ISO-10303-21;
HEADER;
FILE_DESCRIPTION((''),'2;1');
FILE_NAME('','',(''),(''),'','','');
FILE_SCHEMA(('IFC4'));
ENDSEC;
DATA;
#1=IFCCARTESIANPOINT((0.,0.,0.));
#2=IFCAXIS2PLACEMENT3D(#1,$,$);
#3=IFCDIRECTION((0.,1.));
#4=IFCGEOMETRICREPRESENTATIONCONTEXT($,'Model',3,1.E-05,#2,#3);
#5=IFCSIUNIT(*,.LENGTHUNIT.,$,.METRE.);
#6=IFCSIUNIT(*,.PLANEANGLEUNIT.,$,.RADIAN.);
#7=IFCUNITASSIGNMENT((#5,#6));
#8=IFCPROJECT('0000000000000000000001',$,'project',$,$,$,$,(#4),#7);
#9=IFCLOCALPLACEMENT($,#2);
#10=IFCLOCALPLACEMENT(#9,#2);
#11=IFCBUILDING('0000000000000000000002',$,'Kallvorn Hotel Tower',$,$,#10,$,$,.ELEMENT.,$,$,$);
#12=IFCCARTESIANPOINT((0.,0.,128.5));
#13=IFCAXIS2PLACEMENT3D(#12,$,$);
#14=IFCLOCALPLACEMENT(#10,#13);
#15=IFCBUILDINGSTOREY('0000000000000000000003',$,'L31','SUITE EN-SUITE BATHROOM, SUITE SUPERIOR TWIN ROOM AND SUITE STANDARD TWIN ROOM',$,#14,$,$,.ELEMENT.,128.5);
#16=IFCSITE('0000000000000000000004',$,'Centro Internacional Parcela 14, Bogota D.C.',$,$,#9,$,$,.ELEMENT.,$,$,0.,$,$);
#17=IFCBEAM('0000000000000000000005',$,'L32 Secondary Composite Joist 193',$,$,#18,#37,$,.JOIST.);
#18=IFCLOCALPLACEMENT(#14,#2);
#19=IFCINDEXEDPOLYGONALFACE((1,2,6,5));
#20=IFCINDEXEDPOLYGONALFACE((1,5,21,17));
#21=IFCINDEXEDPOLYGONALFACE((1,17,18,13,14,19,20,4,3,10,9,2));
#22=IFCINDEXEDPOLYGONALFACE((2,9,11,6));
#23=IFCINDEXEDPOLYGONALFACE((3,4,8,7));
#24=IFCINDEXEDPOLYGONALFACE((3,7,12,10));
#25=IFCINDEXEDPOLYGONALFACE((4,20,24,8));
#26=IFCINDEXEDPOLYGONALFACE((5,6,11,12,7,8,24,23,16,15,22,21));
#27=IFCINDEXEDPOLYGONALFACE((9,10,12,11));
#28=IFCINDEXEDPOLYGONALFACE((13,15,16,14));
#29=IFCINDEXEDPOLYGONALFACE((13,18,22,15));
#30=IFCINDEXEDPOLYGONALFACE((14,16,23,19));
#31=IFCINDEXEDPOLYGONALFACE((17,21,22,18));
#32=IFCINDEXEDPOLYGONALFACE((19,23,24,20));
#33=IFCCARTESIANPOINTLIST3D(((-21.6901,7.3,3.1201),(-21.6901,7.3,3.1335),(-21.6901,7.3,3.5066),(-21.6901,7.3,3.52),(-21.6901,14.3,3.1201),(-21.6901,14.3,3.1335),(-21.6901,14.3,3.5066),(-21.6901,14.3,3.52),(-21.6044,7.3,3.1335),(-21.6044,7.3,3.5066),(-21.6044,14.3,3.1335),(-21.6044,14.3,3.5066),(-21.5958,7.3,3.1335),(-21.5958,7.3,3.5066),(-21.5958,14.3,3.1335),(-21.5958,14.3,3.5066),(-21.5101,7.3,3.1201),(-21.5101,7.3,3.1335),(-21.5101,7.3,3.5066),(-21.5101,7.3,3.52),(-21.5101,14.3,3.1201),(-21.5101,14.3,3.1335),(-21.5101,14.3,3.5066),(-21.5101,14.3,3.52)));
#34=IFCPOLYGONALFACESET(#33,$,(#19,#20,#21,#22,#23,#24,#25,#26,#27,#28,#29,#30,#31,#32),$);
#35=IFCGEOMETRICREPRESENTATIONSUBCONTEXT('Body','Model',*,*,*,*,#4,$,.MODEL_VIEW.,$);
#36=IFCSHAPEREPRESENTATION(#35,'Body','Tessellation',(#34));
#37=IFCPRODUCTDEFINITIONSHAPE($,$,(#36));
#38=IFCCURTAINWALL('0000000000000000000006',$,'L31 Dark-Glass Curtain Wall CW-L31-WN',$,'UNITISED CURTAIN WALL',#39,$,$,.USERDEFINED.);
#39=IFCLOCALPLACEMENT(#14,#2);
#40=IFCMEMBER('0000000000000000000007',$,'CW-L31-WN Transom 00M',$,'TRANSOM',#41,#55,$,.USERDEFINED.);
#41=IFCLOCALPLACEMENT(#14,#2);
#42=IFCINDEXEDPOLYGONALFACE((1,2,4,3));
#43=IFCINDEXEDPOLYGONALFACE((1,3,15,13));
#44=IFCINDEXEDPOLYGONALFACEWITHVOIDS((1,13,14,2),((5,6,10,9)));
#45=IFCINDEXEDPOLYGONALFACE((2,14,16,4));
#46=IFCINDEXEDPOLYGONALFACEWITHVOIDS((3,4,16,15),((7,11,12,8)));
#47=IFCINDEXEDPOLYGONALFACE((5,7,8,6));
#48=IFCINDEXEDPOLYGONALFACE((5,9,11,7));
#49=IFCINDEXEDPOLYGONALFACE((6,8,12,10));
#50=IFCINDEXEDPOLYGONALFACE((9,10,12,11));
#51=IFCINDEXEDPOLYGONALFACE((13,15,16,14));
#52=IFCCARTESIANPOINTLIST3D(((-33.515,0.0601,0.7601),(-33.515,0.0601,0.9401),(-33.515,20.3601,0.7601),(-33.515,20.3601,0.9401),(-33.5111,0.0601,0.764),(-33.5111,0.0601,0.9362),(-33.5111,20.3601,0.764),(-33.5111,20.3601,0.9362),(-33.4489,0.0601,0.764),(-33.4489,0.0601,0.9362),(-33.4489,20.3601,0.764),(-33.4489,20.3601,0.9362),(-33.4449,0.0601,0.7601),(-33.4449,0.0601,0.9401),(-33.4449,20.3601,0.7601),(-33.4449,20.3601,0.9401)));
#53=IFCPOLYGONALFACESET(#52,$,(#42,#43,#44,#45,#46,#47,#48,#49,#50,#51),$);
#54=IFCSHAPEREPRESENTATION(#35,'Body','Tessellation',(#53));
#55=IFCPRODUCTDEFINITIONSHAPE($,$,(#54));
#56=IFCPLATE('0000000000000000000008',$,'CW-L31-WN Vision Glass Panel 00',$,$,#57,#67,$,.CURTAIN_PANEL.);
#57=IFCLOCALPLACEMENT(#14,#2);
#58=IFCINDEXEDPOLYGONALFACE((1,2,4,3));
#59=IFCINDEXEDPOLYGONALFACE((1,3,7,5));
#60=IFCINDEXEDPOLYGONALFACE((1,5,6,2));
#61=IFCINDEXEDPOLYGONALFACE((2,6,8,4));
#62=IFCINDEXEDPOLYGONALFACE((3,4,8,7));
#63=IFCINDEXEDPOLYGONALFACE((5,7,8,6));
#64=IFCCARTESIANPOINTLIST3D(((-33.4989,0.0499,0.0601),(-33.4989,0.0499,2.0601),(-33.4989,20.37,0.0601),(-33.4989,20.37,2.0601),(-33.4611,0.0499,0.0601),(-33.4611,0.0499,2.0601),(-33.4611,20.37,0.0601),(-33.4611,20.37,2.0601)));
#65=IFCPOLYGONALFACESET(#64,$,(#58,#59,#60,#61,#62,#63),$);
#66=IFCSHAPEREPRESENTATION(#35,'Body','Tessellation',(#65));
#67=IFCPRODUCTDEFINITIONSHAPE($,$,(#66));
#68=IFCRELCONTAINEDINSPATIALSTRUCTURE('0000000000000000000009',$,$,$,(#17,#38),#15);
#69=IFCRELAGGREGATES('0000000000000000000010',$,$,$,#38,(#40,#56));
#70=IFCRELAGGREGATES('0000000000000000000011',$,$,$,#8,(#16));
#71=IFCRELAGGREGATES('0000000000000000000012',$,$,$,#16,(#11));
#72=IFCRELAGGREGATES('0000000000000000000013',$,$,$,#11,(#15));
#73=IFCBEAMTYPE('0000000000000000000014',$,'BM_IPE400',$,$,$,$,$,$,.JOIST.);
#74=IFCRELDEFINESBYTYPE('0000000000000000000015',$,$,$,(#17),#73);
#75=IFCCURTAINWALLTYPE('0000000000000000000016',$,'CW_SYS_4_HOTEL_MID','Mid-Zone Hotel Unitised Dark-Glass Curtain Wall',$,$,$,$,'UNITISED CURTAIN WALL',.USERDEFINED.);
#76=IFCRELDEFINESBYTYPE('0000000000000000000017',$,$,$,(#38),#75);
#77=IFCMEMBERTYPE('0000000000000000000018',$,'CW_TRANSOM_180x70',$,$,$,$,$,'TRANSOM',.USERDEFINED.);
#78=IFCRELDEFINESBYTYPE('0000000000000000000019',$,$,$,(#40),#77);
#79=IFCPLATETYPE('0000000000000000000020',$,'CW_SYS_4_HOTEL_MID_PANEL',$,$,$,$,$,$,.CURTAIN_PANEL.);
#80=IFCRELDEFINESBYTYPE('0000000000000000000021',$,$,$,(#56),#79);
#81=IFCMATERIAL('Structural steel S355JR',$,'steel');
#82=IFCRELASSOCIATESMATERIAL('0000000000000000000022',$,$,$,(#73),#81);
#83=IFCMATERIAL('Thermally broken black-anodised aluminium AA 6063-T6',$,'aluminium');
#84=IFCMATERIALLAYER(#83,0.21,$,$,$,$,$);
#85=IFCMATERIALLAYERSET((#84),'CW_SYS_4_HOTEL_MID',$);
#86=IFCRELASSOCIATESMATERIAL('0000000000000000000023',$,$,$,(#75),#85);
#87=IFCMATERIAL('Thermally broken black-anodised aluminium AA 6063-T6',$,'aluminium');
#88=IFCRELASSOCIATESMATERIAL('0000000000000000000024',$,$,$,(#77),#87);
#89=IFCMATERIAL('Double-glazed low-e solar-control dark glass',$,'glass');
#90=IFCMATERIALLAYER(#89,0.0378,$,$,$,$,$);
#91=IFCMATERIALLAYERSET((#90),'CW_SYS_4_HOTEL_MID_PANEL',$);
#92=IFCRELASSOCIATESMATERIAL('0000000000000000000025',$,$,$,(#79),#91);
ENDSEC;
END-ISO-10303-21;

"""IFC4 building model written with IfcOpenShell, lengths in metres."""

from ifc_helpers import new_model, si_unit, direction, frame, origin, origin_2d, place, context, subcontext, project, spatial, rectangle, hollow_rectangle, i_section, extrude, material, layer, layer_set, material_profile, profile_set, type_object, element, aggregate, save


model = new_model("IFC4")

# Units and contexts
model_context = context("Model", 3, precision=1e-05, world=origin(), true_north=direction((0.0, 1.0)))
body_context = subcontext(model_context, "Body", "Model", "MODEL_VIEW")
ifc_project = project(units=[si_unit("LENGTHUNIT", "METRE"), si_unit("PLANEANGLEUNIT", "RADIAN")], contexts=[model_context])

# Site, building, storey
site_placement = place(None, origin())
site = spatial("IfcSite", under=ifc_project, at=site_placement, Name="Centro Internacional Parcela 14, Bogota D.C.", CompositionType="ELEMENT", RefElevation=0.0)
building_placement = place(site_placement, origin())
building = spatial("IfcBuilding", under=site, at=building_placement, Name="Kallvorn Hotel Tower", CompositionType="ELEMENT")
storey_placement = place(building_placement, frame((0.0, 0.0, 128.5)))
storey = spatial("IfcBuildingStorey", under=building, at=storey_placement, Name="L31", Description="SUITE EN-SUITE BATHROOM, SUITE SUPERIOR TWIN ROOM AND SUITE STANDARD TWIN ROOM", CompositionType="ELEMENT", Elevation=128.5)

# Beam
ifc_material_1 = material(Name="Structural steel S355JR", Category="steel")
ifc_material_profile_1 = material_profile(ifc_material_1, i_section(OverallWidth=0.1799, OverallDepth=0.3999, WebThickness=0.0085, FlangeThickness=0.0134, at=origin_2d()), Name="IPE 400")
ifc_profile_set_1 = profile_set([ifc_material_profile_1], Name="Structural steel S355JR")
beam_type_1 = type_object("IfcBeamType", Name="BM_IPE400", PredefinedType="JOIST", material=ifc_profile_set_1)
beam_1_placement = place(storey_placement, frame((-21.6001, 7.3, 3.3201), z_axis=(0.0, 1.0, 0.0), x_axis=(-1.0, 0.0, 0.0)))
element("IfcBeam", 1, at=beam_1_placement, inside=storey, type_object=beam_type_1, Name="L32 Secondary Composite Joist 193", PredefinedType="JOIST", context=body_context, shape_type="SweptSolid", body=[
    extrude(i_section(OverallWidth=0.1799, OverallDepth=0.3999, WebThickness=0.0085, FlangeThickness=0.0134, at=origin_2d()), origin(), (0.0, 0.0, 1.0), 7.0),
])

# Curtain wall, member, plate
ifc_material_2 = material(Name="Thermally broken black-anodised aluminium AA 6063-T6", Category="aluminium")
ifc_layer_1 = layer(ifc_material_2, 0.21)
ifc_layer_set_1 = layer_set([ifc_layer_1], Name="CW_SYS_4_HOTEL_MID")
curtain_wall_type = type_object("IfcCurtainWallType", Name="CW_SYS_4_HOTEL_MID", Description="Mid-Zone Hotel Unitised Dark-Glass Curtain Wall", ElementType="UNITISED CURTAIN WALL", PredefinedType="USERDEFINED", material=ifc_layer_set_1)
curtain_wall_placement = place(storey_placement, origin())
curtain_wall = element("IfcCurtainWall", 2, at=curtain_wall_placement, inside=storey, type_object=curtain_wall_type, Name="L31 Dark-Glass Curtain Wall CW-L31-WN", ObjectType="UNITISED CURTAIN WALL", PredefinedType="USERDEFINED")
ifc_material_3 = material(Name="Thermally broken black-anodised aluminium AA 6063-T6", Category="aluminium")
ifc_material_profile_2 = material_profile(ifc_material_3, hollow_rectangle(XDim=0.0701, YDim=0.1799, WallThickness=0.0039, at=origin_2d()), Name="TRN 180x70")
ifc_profile_set_2 = profile_set([ifc_material_profile_2], Name="Thermally broken black-anodised aluminium AA 6063-T6")
member_type = type_object("IfcMemberType", Name="CW_TRANSOM_180x70", ElementType="TRANSOM", PredefinedType="USERDEFINED", material=ifc_profile_set_2)
member_placement = place(storey_placement, frame((-33.48, 0.0601, 0.8501), z_axis=(0.0, 1.0, 0.0), x_axis=(-1.0, 0.0, 0.0)))
member = element("IfcMember", 3, at=member_placement, type_object=member_type, Name="CW-L31-WN Transom 00M", ObjectType="TRANSOM", PredefinedType="USERDEFINED", context=body_context, shape_type="SweptSolid", body=[
    extrude(hollow_rectangle(XDim=0.0701, YDim=0.1799, WallThickness=0.0039, at=origin_2d()), origin(), (0.0, 0.0, 1.0), 20.3),
])
ifc_material_4 = material(Name="Double-glazed low-e solar-control dark glass", Category="glass")
ifc_layer_2 = layer(ifc_material_4, 0.0378)
ifc_layer_set_2 = layer_set([ifc_layer_2], Name="CW_SYS_4_HOTEL_MID_PANEL")
plate_type = type_object("IfcPlateType", Name="CW_SYS_4_HOTEL_MID_PANEL", PredefinedType="CURTAIN_PANEL", material=ifc_layer_set_2)
plate_placement = place(storey_placement, frame((-33.48, 10.21, 0.0601), z_axis=(0.0, 0.0, 1.0), x_axis=(0.0, 1.0, 0.0)))
plate = element("IfcPlate", 4, at=plate_placement, type_object=plate_type, Name="CW-L31-WN Vision Glass Panel 00", PredefinedType="CURTAIN_PANEL", context=body_context, shape_type="SweptSolid", body=[
    extrude(rectangle(XDim=20.3201, YDim=0.0378, at=origin_2d()), origin(), (0.0, 0.0, 1.0), 2.0),
])
aggregate(curtain_wall, [member, plate])

save(model, "model.ifc")
